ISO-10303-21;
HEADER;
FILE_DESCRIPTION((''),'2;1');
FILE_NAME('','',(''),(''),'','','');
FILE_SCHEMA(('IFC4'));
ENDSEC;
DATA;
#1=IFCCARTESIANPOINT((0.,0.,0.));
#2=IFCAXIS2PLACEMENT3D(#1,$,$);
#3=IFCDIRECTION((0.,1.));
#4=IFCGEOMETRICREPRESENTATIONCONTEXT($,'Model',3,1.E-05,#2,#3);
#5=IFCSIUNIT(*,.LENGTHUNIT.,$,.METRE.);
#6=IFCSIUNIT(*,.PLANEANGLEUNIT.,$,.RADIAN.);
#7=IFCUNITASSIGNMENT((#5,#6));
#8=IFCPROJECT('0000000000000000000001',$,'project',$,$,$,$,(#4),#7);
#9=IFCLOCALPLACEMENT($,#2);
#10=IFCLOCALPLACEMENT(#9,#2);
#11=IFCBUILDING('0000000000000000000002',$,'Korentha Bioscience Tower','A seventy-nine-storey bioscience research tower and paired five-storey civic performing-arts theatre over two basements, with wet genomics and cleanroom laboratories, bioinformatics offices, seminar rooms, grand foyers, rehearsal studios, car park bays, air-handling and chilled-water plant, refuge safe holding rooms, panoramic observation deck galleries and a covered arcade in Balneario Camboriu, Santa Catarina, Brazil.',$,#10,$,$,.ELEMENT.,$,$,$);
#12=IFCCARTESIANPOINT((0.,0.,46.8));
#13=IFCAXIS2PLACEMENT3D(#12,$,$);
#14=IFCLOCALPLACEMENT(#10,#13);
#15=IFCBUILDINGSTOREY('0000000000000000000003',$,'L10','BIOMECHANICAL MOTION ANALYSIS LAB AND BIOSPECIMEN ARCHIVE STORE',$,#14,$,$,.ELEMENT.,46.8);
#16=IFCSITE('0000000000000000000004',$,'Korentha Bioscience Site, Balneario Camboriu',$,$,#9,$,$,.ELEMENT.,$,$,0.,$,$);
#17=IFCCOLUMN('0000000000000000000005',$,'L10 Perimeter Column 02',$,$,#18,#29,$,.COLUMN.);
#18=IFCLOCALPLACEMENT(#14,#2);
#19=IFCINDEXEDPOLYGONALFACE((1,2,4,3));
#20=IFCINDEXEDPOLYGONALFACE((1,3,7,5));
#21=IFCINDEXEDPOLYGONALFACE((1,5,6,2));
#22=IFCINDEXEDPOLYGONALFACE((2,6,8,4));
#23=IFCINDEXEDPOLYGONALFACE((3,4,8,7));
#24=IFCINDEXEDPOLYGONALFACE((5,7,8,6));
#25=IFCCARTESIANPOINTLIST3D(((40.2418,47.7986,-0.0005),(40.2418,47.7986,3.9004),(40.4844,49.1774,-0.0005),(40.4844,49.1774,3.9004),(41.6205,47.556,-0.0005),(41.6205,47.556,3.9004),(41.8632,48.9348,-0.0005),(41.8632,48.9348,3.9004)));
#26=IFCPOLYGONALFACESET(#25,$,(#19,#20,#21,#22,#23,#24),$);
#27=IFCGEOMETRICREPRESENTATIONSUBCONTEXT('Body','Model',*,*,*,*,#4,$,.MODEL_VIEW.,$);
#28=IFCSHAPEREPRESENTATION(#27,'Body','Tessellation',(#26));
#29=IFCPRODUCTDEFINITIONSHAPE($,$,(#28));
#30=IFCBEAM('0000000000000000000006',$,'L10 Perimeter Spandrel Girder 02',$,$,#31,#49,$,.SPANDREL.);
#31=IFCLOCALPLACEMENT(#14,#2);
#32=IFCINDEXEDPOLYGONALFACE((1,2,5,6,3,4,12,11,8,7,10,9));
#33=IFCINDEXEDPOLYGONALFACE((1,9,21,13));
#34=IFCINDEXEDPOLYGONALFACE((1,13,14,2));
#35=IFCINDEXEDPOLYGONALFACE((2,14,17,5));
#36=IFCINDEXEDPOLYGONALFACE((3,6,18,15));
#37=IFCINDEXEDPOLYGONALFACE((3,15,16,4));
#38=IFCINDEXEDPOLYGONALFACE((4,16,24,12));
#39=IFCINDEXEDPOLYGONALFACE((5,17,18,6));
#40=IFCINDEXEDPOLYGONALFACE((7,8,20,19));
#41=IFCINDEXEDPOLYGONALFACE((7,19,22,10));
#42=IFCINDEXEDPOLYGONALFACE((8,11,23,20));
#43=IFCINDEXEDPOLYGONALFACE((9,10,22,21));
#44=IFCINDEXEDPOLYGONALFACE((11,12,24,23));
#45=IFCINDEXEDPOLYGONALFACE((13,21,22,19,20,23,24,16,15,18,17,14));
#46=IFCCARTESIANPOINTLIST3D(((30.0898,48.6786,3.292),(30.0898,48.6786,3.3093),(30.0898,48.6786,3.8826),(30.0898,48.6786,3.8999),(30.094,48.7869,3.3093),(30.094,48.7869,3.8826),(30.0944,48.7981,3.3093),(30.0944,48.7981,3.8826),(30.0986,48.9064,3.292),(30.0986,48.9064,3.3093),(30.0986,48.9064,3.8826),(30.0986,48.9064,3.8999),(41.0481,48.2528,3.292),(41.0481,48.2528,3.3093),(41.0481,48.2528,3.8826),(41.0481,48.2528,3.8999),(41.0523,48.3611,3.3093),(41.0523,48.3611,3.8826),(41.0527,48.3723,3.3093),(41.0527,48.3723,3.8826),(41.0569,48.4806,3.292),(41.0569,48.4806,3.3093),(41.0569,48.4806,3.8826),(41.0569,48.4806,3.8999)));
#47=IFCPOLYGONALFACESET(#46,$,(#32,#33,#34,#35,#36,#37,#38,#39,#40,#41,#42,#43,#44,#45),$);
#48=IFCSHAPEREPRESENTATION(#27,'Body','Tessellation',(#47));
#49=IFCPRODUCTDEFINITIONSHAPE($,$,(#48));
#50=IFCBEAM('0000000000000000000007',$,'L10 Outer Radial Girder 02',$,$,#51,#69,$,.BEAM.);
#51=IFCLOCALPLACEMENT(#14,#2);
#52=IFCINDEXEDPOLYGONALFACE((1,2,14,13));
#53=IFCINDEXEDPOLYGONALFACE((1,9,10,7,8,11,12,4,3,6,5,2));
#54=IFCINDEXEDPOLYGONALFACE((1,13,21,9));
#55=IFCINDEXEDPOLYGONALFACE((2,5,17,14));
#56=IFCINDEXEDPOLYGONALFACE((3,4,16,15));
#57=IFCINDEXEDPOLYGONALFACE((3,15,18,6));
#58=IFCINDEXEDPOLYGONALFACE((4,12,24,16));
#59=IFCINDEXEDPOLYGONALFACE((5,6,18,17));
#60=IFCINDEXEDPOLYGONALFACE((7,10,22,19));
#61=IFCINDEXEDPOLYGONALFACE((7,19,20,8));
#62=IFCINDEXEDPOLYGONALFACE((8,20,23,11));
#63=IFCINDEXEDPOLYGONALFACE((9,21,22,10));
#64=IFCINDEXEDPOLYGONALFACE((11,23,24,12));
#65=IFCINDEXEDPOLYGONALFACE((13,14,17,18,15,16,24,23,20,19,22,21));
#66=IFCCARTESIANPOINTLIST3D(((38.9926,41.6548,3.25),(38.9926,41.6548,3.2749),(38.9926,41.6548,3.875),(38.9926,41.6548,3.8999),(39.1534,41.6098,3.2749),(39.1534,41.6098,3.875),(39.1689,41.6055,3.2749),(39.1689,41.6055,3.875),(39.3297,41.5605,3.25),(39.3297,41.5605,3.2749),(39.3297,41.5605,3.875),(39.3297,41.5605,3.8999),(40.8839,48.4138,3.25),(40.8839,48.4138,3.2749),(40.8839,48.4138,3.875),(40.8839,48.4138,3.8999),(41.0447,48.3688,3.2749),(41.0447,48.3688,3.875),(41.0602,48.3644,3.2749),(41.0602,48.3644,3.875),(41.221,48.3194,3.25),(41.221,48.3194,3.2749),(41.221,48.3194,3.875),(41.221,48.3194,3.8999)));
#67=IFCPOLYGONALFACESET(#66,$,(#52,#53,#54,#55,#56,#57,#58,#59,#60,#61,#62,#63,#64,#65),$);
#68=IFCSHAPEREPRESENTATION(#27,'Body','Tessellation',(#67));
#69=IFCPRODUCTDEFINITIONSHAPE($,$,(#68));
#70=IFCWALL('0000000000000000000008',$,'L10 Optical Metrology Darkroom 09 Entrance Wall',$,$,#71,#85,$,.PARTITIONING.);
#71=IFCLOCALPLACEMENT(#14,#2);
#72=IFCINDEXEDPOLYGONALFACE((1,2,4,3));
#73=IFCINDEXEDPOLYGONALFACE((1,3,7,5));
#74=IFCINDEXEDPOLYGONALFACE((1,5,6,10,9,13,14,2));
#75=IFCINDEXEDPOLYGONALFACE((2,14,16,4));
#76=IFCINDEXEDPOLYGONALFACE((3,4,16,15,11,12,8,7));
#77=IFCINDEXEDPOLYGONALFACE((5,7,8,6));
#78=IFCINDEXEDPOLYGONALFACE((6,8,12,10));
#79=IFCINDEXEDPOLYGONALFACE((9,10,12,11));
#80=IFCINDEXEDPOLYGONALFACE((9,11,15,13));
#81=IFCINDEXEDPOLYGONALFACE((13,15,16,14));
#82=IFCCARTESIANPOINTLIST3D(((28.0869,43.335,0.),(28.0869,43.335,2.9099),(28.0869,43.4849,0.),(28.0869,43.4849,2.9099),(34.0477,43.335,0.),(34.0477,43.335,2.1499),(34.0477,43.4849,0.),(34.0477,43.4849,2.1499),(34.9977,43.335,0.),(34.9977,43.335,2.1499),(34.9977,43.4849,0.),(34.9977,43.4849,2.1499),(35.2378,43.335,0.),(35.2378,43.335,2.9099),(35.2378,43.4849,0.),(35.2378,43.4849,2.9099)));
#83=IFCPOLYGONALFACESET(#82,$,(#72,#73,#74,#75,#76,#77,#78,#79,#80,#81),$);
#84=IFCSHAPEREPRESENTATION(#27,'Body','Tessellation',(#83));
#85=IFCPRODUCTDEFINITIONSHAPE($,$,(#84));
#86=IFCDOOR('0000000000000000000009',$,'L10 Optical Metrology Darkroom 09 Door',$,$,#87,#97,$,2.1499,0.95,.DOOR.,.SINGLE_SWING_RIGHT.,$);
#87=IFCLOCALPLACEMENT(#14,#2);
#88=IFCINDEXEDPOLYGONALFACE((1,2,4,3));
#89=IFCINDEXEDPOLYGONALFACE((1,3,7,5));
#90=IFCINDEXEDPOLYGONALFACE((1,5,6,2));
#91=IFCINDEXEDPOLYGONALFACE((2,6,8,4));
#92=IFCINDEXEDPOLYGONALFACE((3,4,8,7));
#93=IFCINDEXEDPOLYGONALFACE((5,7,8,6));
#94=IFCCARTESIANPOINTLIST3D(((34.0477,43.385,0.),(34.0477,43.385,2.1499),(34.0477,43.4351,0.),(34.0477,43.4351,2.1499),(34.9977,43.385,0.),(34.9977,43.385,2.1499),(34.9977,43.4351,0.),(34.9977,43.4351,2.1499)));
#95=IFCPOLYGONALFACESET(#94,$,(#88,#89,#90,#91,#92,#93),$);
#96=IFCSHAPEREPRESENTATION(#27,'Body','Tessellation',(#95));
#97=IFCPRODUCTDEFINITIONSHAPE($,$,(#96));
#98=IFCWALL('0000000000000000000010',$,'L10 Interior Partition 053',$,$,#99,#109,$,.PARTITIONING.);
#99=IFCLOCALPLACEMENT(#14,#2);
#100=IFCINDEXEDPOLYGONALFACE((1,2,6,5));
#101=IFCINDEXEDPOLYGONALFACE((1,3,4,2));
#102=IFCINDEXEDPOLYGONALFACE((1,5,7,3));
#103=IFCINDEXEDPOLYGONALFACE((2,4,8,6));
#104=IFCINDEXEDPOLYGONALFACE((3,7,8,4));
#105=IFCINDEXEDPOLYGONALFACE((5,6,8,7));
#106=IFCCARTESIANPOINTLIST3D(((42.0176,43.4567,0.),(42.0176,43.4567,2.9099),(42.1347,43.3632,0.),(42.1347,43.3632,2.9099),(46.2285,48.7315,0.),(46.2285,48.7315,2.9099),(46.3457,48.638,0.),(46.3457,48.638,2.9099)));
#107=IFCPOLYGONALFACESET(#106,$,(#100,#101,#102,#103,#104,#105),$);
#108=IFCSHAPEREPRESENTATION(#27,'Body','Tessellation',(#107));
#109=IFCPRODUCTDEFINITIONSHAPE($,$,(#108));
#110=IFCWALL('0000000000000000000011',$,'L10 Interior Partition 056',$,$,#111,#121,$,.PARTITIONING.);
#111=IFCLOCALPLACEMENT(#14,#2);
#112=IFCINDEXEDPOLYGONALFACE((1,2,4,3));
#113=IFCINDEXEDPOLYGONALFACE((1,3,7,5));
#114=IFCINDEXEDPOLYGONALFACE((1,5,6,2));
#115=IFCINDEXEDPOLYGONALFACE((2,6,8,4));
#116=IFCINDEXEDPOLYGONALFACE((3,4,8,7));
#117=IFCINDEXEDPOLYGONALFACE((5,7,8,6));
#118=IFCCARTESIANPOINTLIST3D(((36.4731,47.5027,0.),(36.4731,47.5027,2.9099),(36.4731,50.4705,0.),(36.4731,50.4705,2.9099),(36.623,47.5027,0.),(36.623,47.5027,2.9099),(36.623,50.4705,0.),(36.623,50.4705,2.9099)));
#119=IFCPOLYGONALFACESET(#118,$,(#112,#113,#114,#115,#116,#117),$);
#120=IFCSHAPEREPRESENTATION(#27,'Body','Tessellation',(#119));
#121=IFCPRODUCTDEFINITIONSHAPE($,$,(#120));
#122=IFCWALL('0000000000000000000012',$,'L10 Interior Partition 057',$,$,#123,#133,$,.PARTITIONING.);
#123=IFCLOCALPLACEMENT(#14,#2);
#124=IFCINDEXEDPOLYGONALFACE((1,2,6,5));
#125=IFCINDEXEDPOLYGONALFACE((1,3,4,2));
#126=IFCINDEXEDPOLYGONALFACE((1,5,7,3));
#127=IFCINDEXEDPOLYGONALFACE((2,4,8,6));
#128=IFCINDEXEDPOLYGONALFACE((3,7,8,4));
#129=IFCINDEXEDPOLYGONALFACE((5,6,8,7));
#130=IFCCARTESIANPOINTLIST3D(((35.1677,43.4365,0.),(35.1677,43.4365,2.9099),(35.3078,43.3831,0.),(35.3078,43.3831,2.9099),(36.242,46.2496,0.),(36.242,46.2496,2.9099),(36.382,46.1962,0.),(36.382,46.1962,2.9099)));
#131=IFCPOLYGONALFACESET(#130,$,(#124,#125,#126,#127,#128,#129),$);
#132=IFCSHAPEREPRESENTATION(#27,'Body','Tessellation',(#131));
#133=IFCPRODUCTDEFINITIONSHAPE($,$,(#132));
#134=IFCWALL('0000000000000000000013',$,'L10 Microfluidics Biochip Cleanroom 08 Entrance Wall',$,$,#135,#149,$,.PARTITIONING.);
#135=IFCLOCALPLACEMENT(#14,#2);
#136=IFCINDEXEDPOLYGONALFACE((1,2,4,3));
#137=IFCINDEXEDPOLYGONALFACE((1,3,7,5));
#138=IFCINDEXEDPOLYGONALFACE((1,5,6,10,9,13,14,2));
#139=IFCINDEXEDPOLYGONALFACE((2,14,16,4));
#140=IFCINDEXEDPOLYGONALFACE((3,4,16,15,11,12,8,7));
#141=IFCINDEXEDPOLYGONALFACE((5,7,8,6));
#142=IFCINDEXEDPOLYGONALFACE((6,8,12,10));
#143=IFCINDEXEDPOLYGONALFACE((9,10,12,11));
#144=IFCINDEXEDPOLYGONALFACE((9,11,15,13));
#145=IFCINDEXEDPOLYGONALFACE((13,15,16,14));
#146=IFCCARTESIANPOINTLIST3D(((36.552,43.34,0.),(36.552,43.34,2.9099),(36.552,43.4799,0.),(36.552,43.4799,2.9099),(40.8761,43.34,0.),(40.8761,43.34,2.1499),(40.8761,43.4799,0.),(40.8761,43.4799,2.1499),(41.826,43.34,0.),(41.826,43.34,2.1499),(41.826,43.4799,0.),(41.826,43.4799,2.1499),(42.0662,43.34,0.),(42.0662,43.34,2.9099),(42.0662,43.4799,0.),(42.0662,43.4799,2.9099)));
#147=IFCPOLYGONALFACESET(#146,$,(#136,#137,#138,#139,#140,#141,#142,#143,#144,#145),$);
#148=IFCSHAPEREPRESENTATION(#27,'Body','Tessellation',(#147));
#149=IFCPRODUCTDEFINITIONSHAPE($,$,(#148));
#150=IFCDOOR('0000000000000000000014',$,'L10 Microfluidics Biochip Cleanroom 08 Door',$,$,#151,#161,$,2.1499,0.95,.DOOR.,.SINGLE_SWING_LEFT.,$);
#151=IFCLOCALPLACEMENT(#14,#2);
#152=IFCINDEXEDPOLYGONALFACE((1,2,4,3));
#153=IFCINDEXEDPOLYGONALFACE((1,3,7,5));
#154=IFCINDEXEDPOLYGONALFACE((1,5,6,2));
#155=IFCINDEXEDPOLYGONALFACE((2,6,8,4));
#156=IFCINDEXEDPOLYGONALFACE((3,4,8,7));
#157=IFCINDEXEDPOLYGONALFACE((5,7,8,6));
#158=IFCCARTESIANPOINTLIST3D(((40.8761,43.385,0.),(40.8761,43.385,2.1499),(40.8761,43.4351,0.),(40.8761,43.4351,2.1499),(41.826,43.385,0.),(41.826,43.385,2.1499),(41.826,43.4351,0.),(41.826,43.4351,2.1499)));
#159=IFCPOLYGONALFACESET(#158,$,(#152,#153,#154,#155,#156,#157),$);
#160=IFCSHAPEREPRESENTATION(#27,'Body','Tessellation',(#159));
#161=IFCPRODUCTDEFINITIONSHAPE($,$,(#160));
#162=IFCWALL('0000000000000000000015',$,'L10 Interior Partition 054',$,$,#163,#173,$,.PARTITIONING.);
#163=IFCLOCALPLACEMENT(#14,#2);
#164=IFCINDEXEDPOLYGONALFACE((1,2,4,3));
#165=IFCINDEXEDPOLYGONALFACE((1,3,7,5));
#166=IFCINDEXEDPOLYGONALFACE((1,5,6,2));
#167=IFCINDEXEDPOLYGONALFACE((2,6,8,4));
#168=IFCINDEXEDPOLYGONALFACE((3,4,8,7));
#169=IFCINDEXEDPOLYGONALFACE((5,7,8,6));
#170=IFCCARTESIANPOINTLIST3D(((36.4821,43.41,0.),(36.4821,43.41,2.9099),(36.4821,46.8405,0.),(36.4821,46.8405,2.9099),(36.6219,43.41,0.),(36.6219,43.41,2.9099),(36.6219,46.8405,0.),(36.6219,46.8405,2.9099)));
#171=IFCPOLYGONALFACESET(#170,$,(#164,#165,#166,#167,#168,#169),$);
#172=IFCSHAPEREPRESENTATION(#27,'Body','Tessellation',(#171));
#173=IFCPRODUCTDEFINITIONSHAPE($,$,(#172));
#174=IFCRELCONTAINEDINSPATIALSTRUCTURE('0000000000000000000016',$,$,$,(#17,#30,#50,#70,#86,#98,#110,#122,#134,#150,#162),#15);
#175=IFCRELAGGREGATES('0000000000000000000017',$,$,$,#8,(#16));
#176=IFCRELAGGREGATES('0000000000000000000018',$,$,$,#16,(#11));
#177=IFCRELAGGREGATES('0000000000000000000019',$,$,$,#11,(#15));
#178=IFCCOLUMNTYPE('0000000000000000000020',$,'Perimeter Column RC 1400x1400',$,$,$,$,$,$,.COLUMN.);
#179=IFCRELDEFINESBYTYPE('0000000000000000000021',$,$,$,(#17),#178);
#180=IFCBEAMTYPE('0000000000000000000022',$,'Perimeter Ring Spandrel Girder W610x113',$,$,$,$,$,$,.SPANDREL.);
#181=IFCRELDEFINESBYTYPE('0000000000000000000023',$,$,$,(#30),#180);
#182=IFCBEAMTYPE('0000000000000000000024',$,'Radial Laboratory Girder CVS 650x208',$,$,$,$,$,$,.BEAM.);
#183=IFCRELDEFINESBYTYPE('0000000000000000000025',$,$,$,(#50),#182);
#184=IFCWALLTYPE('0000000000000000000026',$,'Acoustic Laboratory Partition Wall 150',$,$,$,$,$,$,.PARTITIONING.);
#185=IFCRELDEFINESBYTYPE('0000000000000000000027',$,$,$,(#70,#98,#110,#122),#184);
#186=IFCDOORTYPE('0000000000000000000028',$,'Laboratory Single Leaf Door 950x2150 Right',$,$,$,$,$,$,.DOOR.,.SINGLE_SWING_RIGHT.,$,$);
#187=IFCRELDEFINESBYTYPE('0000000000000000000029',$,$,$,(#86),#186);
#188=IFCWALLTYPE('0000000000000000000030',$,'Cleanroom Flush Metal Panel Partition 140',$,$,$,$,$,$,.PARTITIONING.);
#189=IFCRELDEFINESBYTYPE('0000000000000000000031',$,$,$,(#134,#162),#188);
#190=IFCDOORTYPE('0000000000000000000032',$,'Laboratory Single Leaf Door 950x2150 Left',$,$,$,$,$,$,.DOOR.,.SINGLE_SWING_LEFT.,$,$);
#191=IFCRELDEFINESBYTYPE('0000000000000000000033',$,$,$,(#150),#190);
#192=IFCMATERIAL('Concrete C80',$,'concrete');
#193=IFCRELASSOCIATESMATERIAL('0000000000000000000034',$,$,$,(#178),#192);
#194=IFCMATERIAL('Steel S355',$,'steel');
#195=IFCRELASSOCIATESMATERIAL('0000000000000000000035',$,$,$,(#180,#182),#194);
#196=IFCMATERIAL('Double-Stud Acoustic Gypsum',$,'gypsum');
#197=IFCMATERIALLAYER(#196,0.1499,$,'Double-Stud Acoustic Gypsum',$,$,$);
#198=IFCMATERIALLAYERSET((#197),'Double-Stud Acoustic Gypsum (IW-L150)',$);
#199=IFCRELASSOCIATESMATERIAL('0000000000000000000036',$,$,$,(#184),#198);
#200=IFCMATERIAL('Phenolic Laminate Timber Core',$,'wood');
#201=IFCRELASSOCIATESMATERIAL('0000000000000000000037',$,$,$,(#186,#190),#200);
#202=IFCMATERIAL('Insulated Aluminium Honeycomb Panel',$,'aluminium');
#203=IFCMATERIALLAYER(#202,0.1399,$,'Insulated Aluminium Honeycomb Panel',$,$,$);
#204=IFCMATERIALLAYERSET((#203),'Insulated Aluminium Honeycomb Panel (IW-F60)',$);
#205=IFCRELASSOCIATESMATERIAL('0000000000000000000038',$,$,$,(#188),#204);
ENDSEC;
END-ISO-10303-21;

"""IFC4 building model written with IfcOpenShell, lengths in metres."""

from ifc_helpers import new_model, si_unit, direction, frame, frame_2d, origin, origin_2d, place, context, subcontext, project, spatial, rectangle, i_section, extrude, material, layer, layer_set, material_profile, profile_set, type_object, element, fill, save


model = new_model("IFC4")

# Units and contexts
model_context = context("Model", 3, precision=1e-05, world=origin(), true_north=direction((0.0, 1.0)))
body_context = subcontext(model_context, "Body", "Model", "MODEL_VIEW")
ifc_project = project(units=[si_unit("LENGTHUNIT", "METRE"), si_unit("PLANEANGLEUNIT", "RADIAN")], contexts=[model_context])

# Site, building, storey
site_placement = place(None, origin())
site = spatial("IfcSite", under=ifc_project, at=site_placement, Name="Korentha Bioscience Site, Balneario Camboriu", CompositionType="ELEMENT", RefElevation=0.0)
building_placement = place(site_placement, origin())
building = spatial("IfcBuilding", under=site, at=building_placement, Name="Korentha Bioscience Tower", Description="A seventy-nine-storey bioscience research tower and paired five-storey civic performing-arts theatre over two basements, with wet genomics and cleanroom laboratories, bioinformatics offices, seminar rooms, grand foyers, rehearsal studios, car park bays, air-handling and chilled-water plant, refuge safe holding rooms, panoramic observation deck galleries and a covered arcade in Balneario Camboriu, Santa Catarina, Brazil.", CompositionType="ELEMENT")
storey_placement = place(building_placement, frame((0.0, 0.0, 46.8)))
storey = spatial("IfcBuildingStorey", under=building, at=storey_placement, Name="L10", Description="BIOMECHANICAL MOTION ANALYSIS LAB AND BIOSPECIMEN ARCHIVE STORE", CompositionType="ELEMENT", Elevation=46.8)

# Column
ifc_material_1 = material(Name="Concrete C80", Category="concrete")
ifc_material_profile_1 = material_profile(ifc_material_1, rectangle(XDim=1.3999, YDim=1.3999, at=origin_2d()), Name="Concrete C80")
ifc_profile_set_1 = profile_set([ifc_material_profile_1], Name="Concrete C80 (COL-P14)")
column_type = type_object("IfcColumnType", Name="Perimeter Column RC 1400x1400", PredefinedType="COLUMN", material=ifc_profile_set_1)
column_placement = place(storey_placement, frame((41.0525, 48.3667, -0.0005), z_axis=(0.0, 0.0, 1.0), x_axis=(-0.984868, 0.173304, 0.0)))
element("IfcColumn", 1, at=column_placement, inside=storey, type_object=column_type, Name="L10 Perimeter Column 02", PredefinedType="COLUMN", context=body_context, shape_type="SweptSolid", body=[
    extrude(rectangle(XDim=1.3999, YDim=1.3999, at=origin_2d()), origin(), (0.0, 0.0, 1.0), 3.9009),
])

# Beams
ifc_material_2 = material(Name="Steel S355", Category="steel")
ifc_material_profile_2 = material_profile(ifc_material_2, i_section(OverallWidth=0.228, OverallDepth=0.6079, WebThickness=0.0112, FlangeThickness=0.0173, at=origin_2d()), Name="Steel S355")
ifc_profile_set_2 = profile_set([ifc_material_profile_2], Name="Steel S355 (SB-610)")
beam_type_1 = type_object("IfcBeamType", Name="Perimeter Ring Spandrel Girder W610x113", PredefinedType="SPANDREL", material=ifc_profile_set_2)
beam_1_placement = place(storey_placement, frame((41.0525, 48.3667, 3.5959), z_axis=(-0.999246, 0.038826, 0.0), x_axis=(-0.038826, -0.999246, 0.0)))
element("IfcBeam", 2, at=beam_1_placement, inside=storey, type_object=beam_type_1, Name="L10 Perimeter Spandrel Girder 02", PredefinedType="SPANDREL", context=body_context, shape_type="SweptSolid", body=[
    extrude(i_section(OverallWidth=0.228, OverallDepth=0.6079, WebThickness=0.0112, FlangeThickness=0.0173, at=origin_2d()), origin(), (0.0, 0.0, 1.0), 10.9666),
])
ifc_material_profile_3 = material_profile(ifc_material_2, i_section(OverallWidth=0.3501, OverallDepth=0.6499, WebThickness=0.0161, FlangeThickness=0.0249, at=origin_2d()), Name="Steel S355")
ifc_profile_set_3 = profile_set([ifc_material_profile_3], Name="Steel S355 (RB-650)")
beam_type_2 = type_object("IfcBeamType", Name="Radial Laboratory Girder CVS 650x208", PredefinedType="BEAM", material=ifc_profile_set_3)
beam_2_placement = place(storey_placement, frame((39.1611, 41.6077, 3.575), z_axis=(0.269475, 0.963007, 0.0), x_axis=(-0.963007, 0.269475, 0.0)))
element("IfcBeam", 3, at=beam_2_placement, inside=storey, type_object=beam_type_2, Name="L10 Outer Radial Girder 02", PredefinedType="BEAM", context=body_context, shape_type="SweptSolid", body=[
    extrude(i_section(OverallWidth=0.3501, OverallDepth=0.6499, WebThickness=0.0161, FlangeThickness=0.0249, at=origin_2d()), origin(), (0.0, 0.0, 1.0), 7.0186),
])

# Wall, opening, door
ifc_material_3 = material(Name="Double-Stud Acoustic Gypsum", Category="gypsum")
ifc_layer_1 = layer(ifc_material_3, 0.1499, Name="Double-Stud Acoustic Gypsum")
ifc_layer_set_1 = layer_set([ifc_layer_1], Name="Double-Stud Acoustic Gypsum (IW-L150)")
wall_type_1 = type_object("IfcWallType", Name="Acoustic Laboratory Partition Wall 150", PredefinedType="PARTITIONING", material=ifc_layer_set_1)
ifc_material_4 = material(Name="Phenolic Laminate Timber Core", Category="wood")
door_type_1 = type_object("IfcDoorType", Name="Laboratory Single Leaf Door 950x2150 Right", OperationType="SINGLE_SWING_RIGHT", PredefinedType="DOOR", material=ifc_material_4)
wall_1_placement = place(storey_placement, frame((35.2378, 43.4099, 0.0), z_axis=(0.0, 0.0, 1.0), x_axis=(-1.0, 0.0, 0.0)))
wall_1 = element("IfcWall", 4, at=wall_1_placement, inside=storey, type_object=wall_type_1, Name="L10 Optical Metrology Darkroom 09 Entrance Wall", PredefinedType="PARTITIONING", context=body_context, shape_type="SweptSolid", body=[
    extrude(rectangle(XDim=7.1509, YDim=0.1499, at=frame_2d((3.5754, 0.0))), origin(), (0.0, 0.0, 1.0), 2.9099),
])
opening_1_placement = place(wall_1_placement, frame((0.24, 0.0, 0.0)))
opening_1 = element("IfcOpeningElement", 5, at=opening_1_placement, cuts=wall_1, PredefinedType="OPENING", context=body_context, shape_type="SweptSolid", body=[
    extrude(rectangle(XDim=0.95, YDim=2.1499, at=frame_2d((0.4751, 1.075))), frame((0.0, 0.0898, 0.0), z_axis=(0.0, -1.0, 0.0), x_axis=(1.0, 0.0, 0.0)), (0.0, 0.0, 1.0), 0.1797),
])
door_1_placement = place(opening_1_placement, origin())
door_1 = element("IfcDoor", 6, at=door_1_placement, inside=storey, type_object=door_type_1, Name="L10 Optical Metrology Darkroom 09 Door", OperationType="SINGLE_SWING_RIGHT", OverallHeight=2.1499, OverallWidth=0.95, PredefinedType="DOOR", context=body_context, shape_type="SweptSolid", body=[
    extrude(rectangle(XDim=0.95, YDim=2.1499, at=frame_2d((0.4751, 1.075))), frame((0.0, 0.0249, 0.0), z_axis=(0.0, -1.0, 0.0), x_axis=(1.0, 0.0, 0.0)), (0.0, 0.0, 1.0), 0.05),
])
fill(opening_1, door_1)

# Walls
wall_2_placement = place(storey_placement, frame((42.0762, 43.4099, 0.0), z_axis=(0.0, 0.0, 1.0), x_axis=(0.623883, 0.781518, 0.0)))
element("IfcWall", 7, at=wall_2_placement, inside=storey, type_object=wall_type_1, Name="L10 Interior Partition 053", PredefinedType="PARTITIONING", context=body_context, shape_type="SweptSolid", body=[
    extrude(rectangle(XDim=6.7495, YDim=0.1499, at=frame_2d((3.3748, 0.0))), origin(), (0.0, 0.0, 1.0), 2.9099),
])
wall_3_placement = place(storey_placement, frame((36.5481, 50.4705, 0.0), z_axis=(0.0, 0.0, 1.0), x_axis=(0.0, -1.0, 0.0)))
element("IfcWall", 8, at=wall_3_placement, inside=storey, type_object=wall_type_1, Name="L10 Interior Partition 056", PredefinedType="PARTITIONING", context=body_context, shape_type="SweptSolid", body=[
    extrude(rectangle(XDim=2.9678, YDim=0.1499, at=frame_2d((1.4839, 0.0))), origin(), (0.0, 0.0, 1.0), 2.9099),
])
wall_4_placement = place(storey_placement, frame((36.312, 46.2229, 0.0), z_axis=(0.0, 0.0, 1.0), x_axis=(-0.35675, -0.9342, 0.0)))
element("IfcWall", 9, at=wall_4_placement, inside=storey, type_object=wall_type_1, Name="L10 Interior Partition 057", PredefinedType="PARTITIONING", context=body_context, shape_type="SweptSolid", body=[
    extrude(rectangle(XDim=3.0112, YDim=0.1499, at=frame_2d((1.5056, 0.0))), origin(), (0.0, 0.0, 1.0), 2.9099),
])

# Wall, opening, door
ifc_material_5 = material(Name="Insulated Aluminium Honeycomb Panel", Category="aluminium")
ifc_layer_2 = layer(ifc_material_5, 0.1399, Name="Insulated Aluminium Honeycomb Panel")
ifc_layer_set_2 = layer_set([ifc_layer_2], Name="Insulated Aluminium Honeycomb Panel (IW-F60)")
wall_type_2 = type_object("IfcWallType", Name="Cleanroom Flush Metal Panel Partition 140", PredefinedType="PARTITIONING", material=ifc_layer_set_2)
wall_5_placement = place(storey_placement, frame((42.0662, 43.4099, 0.0), z_axis=(0.0, 0.0, 1.0), x_axis=(-1.0, 0.0, 0.0)))
wall_5 = element("IfcWall", 10, at=wall_5_placement, inside=storey, type_object=wall_type_2, Name="L10 Microfluidics Biochip Cleanroom 08 Entrance Wall", PredefinedType="PARTITIONING", context=body_context, shape_type="SweptSolid", body=[
    extrude(rectangle(XDim=5.5142, YDim=0.1399, at=frame_2d((2.7571, 0.0))), origin(), (0.0, 0.0, 1.0), 2.9099),
])
opening_2_placement = place(wall_5_placement, frame((0.24, 0.0, 0.0)))
opening_2 = element("IfcOpeningElement", 11, at=opening_2_placement, cuts=wall_5, PredefinedType="OPENING", context=body_context, shape_type="SweptSolid", body=[
    extrude(rectangle(XDim=0.95, YDim=2.1499, at=frame_2d((0.4751, 1.075))), frame((0.0, 0.085, 0.0), z_axis=(0.0, -1.0, 0.0), x_axis=(1.0, 0.0, 0.0)), (0.0, 0.0, 1.0), 0.1697),
])
door_type_2 = type_object("IfcDoorType", Name="Laboratory Single Leaf Door 950x2150 Left", OperationType="SINGLE_SWING_LEFT", PredefinedType="DOOR", material=ifc_material_4)
door_2_placement = place(opening_2_placement, origin())
door_2 = element("IfcDoor", 12, at=door_2_placement, inside=storey, type_object=door_type_2, Name="L10 Microfluidics Biochip Cleanroom 08 Door", OperationType="SINGLE_SWING_LEFT", OverallHeight=2.1499, OverallWidth=0.95, PredefinedType="DOOR", context=body_context, shape_type="SweptSolid", body=[
    extrude(rectangle(XDim=0.95, YDim=2.1499, at=frame_2d((0.4751, 1.075))), frame((0.0, 0.0249, 0.0), z_axis=(0.0, -1.0, 0.0), x_axis=(1.0, 0.0, 0.0)), (0.0, 0.0, 1.0), 0.05),
])
fill(opening_2, door_2)

# Wall
wall_6_placement = place(storey_placement, frame((36.552, 43.4099, 0.0), z_axis=(0.0, 0.0, 1.0), x_axis=(0.0, 1.0, 0.0)))
element("IfcWall", 13, at=wall_6_placement, inside=storey, type_object=wall_type_2, Name="L10 Interior Partition 054", PredefinedType="PARTITIONING", context=body_context, shape_type="SweptSolid", body=[
    extrude(rectangle(XDim=3.4304, YDim=0.1399, at=frame_2d((1.7153, 0.0))), origin(), (0.0, 0.0, 1.0), 2.9099),
])

save(model, "model.ifc")
